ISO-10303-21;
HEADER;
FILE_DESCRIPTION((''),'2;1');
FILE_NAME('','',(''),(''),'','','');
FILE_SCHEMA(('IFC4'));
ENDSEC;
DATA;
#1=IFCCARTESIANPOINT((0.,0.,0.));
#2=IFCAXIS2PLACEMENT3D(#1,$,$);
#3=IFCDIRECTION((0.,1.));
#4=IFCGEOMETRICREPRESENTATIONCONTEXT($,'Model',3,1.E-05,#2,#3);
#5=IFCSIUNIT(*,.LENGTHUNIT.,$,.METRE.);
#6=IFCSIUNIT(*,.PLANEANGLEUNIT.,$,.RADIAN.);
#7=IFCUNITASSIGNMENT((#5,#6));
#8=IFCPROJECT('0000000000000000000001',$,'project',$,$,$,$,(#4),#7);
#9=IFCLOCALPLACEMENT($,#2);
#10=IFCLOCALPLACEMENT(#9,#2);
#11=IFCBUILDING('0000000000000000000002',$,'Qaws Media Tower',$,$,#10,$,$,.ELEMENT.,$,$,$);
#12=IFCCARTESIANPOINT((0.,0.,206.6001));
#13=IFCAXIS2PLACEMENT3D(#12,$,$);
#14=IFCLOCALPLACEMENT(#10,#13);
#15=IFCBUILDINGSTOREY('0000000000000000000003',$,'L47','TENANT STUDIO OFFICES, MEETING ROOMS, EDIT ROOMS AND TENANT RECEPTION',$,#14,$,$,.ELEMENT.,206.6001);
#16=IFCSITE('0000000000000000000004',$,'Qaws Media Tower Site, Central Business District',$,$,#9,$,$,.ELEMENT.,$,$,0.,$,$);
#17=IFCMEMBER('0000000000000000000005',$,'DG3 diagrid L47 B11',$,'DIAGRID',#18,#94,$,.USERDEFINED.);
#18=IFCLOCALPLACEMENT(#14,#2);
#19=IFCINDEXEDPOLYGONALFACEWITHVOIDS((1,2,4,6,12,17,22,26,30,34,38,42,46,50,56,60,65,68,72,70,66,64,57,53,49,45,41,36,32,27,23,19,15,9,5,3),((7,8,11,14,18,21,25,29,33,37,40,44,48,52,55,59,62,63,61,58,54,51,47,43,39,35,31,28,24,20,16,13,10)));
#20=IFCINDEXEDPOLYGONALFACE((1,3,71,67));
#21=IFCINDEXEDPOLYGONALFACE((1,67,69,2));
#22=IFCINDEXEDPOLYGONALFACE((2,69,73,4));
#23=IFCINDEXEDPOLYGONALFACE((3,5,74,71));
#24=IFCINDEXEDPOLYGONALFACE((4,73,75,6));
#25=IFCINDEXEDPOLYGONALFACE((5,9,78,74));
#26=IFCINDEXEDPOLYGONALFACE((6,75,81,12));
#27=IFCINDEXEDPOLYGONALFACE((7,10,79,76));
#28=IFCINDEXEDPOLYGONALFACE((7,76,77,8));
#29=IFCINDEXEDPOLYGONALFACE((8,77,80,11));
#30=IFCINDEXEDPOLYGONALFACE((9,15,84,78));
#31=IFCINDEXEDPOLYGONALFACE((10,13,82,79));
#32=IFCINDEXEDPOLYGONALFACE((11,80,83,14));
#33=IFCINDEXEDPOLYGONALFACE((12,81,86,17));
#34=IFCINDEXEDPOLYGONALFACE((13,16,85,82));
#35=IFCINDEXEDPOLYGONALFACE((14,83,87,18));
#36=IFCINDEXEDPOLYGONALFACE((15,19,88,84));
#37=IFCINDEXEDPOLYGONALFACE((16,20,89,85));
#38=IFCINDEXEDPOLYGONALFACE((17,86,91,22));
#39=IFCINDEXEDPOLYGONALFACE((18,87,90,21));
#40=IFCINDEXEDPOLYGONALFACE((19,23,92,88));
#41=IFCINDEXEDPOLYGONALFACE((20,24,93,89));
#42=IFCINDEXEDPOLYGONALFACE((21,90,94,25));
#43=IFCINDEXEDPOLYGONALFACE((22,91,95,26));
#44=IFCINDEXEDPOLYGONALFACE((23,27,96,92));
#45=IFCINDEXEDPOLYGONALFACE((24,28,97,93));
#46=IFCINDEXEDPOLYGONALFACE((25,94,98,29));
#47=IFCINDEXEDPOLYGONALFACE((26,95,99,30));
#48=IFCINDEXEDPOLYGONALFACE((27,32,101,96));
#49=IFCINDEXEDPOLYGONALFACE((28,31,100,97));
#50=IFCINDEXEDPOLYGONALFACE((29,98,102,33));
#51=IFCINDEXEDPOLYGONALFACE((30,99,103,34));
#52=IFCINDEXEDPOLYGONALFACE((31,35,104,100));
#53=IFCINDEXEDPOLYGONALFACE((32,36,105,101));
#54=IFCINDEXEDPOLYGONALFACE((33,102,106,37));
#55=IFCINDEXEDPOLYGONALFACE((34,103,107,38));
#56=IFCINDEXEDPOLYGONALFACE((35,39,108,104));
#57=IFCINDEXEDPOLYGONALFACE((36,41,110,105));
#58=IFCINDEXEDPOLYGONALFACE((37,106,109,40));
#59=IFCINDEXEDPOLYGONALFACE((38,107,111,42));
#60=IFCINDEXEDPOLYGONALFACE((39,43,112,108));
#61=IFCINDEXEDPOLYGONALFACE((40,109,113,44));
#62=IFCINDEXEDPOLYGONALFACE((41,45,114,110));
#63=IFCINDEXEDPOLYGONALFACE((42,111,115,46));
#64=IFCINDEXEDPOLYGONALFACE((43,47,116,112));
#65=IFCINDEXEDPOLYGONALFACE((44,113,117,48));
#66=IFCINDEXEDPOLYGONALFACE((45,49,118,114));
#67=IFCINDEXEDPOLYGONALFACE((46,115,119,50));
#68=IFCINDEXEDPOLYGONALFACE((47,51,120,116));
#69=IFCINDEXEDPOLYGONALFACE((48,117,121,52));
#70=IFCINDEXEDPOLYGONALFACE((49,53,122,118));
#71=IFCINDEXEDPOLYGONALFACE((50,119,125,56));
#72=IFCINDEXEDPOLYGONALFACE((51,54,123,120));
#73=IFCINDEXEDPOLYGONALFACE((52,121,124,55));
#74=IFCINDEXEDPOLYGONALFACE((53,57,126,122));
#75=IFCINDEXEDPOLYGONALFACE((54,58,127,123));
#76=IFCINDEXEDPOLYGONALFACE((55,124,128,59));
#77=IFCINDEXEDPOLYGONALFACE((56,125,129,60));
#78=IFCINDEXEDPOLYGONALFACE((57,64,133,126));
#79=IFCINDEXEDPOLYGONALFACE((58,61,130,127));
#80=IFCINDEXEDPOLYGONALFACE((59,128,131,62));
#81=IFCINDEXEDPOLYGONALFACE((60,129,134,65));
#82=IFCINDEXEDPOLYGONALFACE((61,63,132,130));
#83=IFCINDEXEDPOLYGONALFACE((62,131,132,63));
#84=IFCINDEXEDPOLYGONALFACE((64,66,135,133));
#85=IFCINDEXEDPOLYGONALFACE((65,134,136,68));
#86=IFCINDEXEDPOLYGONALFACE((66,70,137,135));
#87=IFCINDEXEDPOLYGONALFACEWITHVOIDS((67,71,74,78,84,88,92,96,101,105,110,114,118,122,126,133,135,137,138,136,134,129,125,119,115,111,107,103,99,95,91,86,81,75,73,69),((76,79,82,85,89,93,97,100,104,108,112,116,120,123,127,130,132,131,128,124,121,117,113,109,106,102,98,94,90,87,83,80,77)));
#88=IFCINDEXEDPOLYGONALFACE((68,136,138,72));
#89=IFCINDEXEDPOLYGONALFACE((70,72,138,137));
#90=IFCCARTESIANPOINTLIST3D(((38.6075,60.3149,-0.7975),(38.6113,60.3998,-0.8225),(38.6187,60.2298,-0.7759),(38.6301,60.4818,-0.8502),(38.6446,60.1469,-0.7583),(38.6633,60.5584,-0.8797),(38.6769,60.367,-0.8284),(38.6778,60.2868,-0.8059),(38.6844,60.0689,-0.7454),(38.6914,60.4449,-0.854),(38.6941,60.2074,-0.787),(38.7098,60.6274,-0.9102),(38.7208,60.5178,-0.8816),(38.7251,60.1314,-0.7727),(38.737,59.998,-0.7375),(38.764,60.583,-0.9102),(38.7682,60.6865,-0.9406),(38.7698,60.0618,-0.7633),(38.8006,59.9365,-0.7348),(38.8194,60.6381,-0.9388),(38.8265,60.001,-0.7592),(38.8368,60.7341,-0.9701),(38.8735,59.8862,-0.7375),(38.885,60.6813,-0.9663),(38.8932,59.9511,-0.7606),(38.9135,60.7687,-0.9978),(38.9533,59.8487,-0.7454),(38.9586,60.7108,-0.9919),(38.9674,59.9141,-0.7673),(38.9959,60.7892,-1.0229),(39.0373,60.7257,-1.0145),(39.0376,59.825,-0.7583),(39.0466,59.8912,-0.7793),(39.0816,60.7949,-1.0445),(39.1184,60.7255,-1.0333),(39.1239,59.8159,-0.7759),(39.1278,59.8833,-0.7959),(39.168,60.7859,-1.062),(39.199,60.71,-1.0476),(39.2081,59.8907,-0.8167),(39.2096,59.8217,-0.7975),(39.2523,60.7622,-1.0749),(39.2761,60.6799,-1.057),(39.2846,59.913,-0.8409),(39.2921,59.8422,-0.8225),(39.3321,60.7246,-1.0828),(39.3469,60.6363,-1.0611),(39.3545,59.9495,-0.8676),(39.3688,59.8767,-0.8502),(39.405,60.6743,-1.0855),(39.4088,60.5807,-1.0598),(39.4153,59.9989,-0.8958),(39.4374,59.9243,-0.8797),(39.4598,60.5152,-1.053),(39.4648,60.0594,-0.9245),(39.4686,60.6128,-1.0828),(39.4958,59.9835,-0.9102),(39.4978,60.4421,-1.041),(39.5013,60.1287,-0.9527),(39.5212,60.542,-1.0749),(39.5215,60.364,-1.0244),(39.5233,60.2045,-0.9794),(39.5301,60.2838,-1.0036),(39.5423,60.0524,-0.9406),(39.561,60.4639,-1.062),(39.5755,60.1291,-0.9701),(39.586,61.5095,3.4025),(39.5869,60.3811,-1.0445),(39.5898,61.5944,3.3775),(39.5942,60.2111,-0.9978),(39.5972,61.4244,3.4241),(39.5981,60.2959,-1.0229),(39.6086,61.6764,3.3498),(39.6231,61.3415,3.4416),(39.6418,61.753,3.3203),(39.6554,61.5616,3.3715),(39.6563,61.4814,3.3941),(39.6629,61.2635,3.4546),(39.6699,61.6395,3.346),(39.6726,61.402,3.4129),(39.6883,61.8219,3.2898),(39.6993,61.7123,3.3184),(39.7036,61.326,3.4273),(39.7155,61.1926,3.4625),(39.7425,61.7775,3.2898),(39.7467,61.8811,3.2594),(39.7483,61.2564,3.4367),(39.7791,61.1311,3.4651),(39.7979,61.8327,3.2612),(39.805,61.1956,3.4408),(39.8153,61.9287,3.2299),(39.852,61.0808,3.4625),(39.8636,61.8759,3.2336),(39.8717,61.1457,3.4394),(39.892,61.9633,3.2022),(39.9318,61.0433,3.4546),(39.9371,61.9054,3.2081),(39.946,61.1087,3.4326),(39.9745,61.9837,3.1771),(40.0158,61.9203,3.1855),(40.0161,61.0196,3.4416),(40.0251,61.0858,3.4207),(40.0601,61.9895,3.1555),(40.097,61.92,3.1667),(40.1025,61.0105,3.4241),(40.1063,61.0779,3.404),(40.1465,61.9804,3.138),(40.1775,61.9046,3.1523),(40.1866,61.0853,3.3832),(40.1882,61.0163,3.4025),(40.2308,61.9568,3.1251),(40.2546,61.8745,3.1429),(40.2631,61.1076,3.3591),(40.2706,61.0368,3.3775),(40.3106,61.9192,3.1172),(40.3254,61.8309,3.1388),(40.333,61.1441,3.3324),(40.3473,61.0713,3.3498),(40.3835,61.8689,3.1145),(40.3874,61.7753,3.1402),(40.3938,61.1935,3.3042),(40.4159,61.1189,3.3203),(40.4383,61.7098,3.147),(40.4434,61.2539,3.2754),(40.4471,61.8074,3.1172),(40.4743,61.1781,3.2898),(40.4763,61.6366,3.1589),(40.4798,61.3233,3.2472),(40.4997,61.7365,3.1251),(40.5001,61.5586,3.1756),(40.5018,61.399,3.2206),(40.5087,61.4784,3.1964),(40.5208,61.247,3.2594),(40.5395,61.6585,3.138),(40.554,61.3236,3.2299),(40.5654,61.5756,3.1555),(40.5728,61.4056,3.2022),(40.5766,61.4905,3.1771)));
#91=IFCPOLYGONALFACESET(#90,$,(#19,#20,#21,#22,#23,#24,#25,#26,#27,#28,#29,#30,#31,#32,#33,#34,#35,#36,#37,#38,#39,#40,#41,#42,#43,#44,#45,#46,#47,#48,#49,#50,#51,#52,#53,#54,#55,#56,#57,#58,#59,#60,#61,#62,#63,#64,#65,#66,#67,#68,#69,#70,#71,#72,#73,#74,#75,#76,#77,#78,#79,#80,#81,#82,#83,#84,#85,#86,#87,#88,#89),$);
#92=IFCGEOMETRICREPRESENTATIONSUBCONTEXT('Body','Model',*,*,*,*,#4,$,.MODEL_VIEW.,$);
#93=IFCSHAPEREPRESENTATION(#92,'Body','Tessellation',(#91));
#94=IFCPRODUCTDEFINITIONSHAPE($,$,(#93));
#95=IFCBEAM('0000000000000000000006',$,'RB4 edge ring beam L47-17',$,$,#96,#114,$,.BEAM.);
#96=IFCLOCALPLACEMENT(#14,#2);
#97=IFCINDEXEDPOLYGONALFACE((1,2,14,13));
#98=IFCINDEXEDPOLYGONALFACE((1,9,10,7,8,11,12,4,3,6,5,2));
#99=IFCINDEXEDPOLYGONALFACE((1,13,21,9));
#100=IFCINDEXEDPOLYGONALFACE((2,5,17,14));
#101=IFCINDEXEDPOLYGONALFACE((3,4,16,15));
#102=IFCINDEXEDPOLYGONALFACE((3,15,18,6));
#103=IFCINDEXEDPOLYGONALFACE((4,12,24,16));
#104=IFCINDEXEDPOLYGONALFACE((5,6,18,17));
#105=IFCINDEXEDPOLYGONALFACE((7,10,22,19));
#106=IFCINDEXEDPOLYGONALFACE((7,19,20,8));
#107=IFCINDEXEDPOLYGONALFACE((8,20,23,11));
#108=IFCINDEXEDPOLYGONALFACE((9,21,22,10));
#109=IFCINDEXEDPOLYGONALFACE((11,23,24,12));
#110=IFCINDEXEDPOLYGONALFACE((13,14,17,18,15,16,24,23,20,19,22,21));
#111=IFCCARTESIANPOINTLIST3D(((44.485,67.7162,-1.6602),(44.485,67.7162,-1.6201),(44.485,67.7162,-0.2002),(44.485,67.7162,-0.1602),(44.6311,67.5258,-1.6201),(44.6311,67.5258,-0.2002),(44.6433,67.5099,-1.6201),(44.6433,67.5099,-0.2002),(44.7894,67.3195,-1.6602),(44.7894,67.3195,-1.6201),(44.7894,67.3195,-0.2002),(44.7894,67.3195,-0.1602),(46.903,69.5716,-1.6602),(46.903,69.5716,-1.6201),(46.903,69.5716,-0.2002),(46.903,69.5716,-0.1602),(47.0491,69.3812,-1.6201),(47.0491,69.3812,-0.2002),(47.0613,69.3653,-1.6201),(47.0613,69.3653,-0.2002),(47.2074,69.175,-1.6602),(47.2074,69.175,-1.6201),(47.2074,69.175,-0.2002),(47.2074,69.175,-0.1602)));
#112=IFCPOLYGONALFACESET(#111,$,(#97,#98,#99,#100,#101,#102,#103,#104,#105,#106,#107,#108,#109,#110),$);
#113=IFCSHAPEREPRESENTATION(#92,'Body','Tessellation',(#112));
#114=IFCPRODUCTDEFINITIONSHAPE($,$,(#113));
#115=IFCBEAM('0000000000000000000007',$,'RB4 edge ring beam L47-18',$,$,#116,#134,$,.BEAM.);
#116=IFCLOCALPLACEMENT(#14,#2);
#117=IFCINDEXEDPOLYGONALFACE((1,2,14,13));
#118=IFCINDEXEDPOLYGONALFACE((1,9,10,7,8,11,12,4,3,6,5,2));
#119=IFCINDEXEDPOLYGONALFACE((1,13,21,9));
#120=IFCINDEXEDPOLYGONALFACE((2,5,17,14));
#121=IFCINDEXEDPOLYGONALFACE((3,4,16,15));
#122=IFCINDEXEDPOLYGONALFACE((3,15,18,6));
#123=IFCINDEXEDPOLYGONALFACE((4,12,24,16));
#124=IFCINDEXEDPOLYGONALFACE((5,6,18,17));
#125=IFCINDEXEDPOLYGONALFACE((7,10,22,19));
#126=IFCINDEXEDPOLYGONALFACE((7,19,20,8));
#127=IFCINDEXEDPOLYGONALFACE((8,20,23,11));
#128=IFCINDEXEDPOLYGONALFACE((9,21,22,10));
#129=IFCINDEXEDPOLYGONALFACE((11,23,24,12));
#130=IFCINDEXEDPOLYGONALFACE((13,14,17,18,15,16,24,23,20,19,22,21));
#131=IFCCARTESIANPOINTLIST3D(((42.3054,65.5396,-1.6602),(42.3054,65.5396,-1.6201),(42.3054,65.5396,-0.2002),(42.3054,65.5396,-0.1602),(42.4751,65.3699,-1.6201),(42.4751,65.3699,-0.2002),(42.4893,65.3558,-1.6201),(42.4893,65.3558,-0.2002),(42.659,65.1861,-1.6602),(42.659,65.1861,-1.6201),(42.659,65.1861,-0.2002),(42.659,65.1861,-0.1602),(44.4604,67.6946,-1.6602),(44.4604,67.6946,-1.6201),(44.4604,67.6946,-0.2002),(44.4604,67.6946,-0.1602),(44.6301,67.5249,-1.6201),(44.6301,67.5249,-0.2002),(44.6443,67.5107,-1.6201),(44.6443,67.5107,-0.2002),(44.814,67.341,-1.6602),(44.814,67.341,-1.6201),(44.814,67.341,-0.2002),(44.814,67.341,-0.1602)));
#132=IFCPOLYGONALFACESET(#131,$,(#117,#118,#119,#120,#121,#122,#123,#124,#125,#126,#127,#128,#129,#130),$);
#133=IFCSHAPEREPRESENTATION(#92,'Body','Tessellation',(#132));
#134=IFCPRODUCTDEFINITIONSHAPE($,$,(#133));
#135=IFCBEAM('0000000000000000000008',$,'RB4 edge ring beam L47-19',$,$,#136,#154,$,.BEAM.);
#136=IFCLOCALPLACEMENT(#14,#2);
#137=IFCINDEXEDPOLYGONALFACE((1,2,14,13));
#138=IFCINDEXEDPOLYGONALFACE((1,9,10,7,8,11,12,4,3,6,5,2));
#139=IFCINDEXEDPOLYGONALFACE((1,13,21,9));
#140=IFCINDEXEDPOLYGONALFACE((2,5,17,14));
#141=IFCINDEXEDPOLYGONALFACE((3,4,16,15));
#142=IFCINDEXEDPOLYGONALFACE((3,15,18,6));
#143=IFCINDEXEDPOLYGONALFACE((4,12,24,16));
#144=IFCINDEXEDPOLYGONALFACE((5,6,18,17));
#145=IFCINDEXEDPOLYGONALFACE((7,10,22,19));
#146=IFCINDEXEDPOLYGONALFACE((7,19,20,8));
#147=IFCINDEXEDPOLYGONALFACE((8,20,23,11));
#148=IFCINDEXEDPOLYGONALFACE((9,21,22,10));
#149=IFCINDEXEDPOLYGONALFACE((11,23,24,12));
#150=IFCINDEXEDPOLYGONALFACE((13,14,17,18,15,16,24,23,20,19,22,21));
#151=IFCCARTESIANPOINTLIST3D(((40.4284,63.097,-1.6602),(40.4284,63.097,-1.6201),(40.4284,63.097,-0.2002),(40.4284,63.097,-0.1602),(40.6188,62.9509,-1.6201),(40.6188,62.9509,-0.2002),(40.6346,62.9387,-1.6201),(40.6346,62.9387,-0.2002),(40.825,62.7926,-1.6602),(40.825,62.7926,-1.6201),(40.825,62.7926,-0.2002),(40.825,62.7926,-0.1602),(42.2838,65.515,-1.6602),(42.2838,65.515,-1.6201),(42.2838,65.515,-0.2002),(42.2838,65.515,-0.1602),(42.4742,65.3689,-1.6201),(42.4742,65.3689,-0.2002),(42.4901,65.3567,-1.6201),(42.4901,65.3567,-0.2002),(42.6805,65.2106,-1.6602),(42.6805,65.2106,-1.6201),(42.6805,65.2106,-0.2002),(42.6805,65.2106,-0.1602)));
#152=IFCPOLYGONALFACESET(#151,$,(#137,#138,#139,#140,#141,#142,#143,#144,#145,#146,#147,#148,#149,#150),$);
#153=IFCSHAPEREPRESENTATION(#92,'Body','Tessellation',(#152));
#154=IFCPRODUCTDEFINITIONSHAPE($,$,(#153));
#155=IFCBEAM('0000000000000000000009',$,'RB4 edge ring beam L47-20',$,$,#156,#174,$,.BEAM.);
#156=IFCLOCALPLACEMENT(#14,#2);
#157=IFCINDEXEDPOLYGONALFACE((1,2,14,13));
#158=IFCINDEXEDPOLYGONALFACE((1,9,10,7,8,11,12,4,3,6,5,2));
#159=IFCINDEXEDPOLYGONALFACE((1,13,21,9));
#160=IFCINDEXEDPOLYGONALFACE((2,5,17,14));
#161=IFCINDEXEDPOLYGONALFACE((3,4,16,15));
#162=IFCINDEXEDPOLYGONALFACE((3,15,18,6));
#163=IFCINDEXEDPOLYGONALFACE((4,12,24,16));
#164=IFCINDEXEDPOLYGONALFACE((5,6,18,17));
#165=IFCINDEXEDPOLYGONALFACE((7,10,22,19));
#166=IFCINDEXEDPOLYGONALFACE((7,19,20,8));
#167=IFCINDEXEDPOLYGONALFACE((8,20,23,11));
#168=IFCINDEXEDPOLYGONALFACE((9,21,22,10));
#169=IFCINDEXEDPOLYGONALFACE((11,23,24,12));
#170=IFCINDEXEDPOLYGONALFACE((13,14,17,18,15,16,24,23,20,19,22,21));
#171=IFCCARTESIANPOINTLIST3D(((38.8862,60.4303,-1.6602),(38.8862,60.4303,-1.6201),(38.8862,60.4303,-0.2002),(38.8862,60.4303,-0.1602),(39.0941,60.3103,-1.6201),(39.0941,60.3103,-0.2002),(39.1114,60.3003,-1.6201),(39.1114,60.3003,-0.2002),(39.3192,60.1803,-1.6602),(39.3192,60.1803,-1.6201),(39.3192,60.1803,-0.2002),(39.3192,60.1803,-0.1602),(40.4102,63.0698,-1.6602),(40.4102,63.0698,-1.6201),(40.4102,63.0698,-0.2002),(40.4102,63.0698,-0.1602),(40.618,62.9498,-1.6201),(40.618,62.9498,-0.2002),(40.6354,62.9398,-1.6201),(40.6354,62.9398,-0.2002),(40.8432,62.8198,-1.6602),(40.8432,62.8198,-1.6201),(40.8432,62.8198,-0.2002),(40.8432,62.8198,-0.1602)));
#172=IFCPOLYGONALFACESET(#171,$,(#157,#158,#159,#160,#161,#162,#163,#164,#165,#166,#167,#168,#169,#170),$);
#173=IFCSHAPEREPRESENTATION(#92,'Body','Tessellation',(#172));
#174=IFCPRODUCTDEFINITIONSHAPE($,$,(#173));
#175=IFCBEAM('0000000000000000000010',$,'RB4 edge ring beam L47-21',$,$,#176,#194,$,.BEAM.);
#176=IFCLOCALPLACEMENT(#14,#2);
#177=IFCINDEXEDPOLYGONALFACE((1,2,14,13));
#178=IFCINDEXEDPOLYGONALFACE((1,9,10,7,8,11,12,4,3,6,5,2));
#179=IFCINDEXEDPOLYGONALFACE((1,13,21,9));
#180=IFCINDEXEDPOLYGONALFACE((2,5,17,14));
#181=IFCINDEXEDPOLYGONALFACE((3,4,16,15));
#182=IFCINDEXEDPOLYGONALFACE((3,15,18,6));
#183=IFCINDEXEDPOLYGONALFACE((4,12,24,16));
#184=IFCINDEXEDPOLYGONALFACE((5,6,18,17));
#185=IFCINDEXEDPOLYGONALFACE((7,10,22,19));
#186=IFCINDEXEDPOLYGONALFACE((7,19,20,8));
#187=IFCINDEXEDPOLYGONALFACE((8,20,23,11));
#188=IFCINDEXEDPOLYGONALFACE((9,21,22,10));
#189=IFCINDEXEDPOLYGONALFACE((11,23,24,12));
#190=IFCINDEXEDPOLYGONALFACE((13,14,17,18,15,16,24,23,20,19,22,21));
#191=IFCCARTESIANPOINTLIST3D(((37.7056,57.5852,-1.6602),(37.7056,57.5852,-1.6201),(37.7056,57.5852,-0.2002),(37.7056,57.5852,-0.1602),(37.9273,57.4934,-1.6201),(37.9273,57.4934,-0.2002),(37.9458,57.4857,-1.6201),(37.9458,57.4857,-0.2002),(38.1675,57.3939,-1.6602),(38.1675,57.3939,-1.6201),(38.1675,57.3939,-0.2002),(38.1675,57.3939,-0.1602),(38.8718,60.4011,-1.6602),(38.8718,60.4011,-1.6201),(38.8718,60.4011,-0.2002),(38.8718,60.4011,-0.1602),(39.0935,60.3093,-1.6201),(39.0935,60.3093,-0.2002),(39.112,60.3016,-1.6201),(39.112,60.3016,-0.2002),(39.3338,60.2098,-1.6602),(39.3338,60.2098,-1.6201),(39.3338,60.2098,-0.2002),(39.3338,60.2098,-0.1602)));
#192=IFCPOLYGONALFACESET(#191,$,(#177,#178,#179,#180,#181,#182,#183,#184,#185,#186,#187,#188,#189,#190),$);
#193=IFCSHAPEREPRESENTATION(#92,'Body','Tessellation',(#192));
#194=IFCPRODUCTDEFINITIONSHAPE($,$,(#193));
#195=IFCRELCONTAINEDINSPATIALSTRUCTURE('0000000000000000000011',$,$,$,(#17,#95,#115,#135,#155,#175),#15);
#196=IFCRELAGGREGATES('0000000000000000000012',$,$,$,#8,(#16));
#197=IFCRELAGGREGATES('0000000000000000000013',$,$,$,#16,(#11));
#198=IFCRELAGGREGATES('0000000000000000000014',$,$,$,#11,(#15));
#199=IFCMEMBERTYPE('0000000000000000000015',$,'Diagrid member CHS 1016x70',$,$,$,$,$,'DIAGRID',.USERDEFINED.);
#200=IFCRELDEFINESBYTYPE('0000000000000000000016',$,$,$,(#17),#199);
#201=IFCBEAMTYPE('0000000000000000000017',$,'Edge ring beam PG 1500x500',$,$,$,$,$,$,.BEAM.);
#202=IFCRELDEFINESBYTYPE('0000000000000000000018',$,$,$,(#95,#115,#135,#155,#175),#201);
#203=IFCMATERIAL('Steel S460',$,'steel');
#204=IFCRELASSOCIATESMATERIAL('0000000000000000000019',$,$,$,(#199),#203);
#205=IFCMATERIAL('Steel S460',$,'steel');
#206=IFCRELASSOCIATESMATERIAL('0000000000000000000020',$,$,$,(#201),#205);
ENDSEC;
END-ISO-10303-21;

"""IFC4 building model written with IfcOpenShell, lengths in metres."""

from ifc_helpers import new_model, si_unit, direction, frame, origin, origin_2d, place, context, subcontext, project, spatial, hollow_circle, i_section, extrude, material, material_profile, profile_set, type_object, element, save


model = new_model("IFC4")

# Units and contexts
model_context = context("Model", 3, precision=1e-05, world=origin(), true_north=direction((0.0, 1.0)))
body_context = subcontext(model_context, "Body", "Model", "MODEL_VIEW")
ifc_project = project(units=[si_unit("LENGTHUNIT", "METRE"), si_unit("PLANEANGLEUNIT", "RADIAN")], contexts=[model_context])

# Site, building, storey
site_placement = place(None, origin())
site = spatial("IfcSite", under=ifc_project, at=site_placement, Name="Qaws Media Tower Site, Central Business District", CompositionType="ELEMENT", RefElevation=0.0)
building_placement = place(site_placement, origin())
building = spatial("IfcBuilding", under=site, at=building_placement, Name="Qaws Media Tower", CompositionType="ELEMENT")
storey_placement = place(building_placement, frame((0.0, 0.0, 206.6001)))
storey = spatial("IfcBuildingStorey", under=building, at=storey_placement, Name="L47", Description="TENANT STUDIO OFFICES, MEETING ROOMS, EDIT ROOMS AND TENANT RECEPTION", CompositionType="ELEMENT", Elevation=206.6001)

# Member
ifc_material_1 = material(Name="Steel S460", Category="steel")
ifc_material_profile_1 = material_profile(ifc_material_1, hollow_circle(Radius=0.5081, WallThickness=0.0701, at=origin_2d()), Name="CHS 1016x70")
ifc_profile_set_1 = profile_set([ifc_material_profile_1], Name="Steel S460")
member_type_1 = type_object("IfcMemberType", Name="Diagrid member CHS 1016x70", ElementType="DIAGRID", PredefinedType="USERDEFINED", material=ifc_profile_set_1)
for number, where, z_axis, x_axis, name in (
    (1, (39.1028, 60.3054, -0.9102), (0.218671, 0.266955, 0.938572), (-0.773598, 0.633677, 0.0), "DG3 diagrid L47 B11"),
):
    element("IfcMember", number, at=place(storey_placement, frame(where, z_axis=z_axis, x_axis=x_axis)), inside=storey, type_object=member_type_1, Name=name, ObjectType="DIAGRID", PredefinedType="USERDEFINED", context=body_context, shape_type="SweptSolid", body=[
        extrude(hollow_circle(Radius=0.5081, WallThickness=0.0701, at=origin_2d()), origin(), (0.0, 0.0, 1.0), 4.4749),
    ])

# Beams
ifc_material_2 = material(Name="Steel S460", Category="steel")
ifc_material_profile_2 = material_profile(ifc_material_2, i_section(OverallWidth=0.5, OverallDepth=1.5, WebThickness=0.02, FlangeThickness=0.04, at=origin_2d()), Name="PG 1500x500")
ifc_profile_set_2 = profile_set([ifc_material_profile_2], Name="Steel S460")
beam_type = type_object("IfcBeamType", Name="Edge ring beam PG 1500x500", PredefinedType="BEAM", material=ifc_profile_set_2)
beam_1_placement = place(storey_placement, frame((47.0552, 69.3733, -0.9102), z_axis=(-0.793338, -0.608781, 0.0), x_axis=(0.608781, -0.793338, 0.0)))
element("IfcBeam", 2, at=beam_1_placement, inside=storey, type_object=beam_type, Name="RB4 edge ring beam L47-17", PredefinedType="BEAM", context=body_context, shape_type="SweptSolid", body=[
    extrude(i_section(OverallWidth=0.5, OverallDepth=1.5, WebThickness=0.02, FlangeThickness=0.04, at=origin_2d()), origin(), (0.0, 0.0, 1.0), 3.0479),
])
beam_2_placement = place(storey_placement, frame((44.6372, 67.5178, -0.9102), z_axis=(-0.707107, -0.707107, 0.0), x_axis=(0.707107, -0.707107, 0.0)))
element("IfcBeam", 3, at=beam_2_placement, inside=storey, type_object=beam_type, Name="RB4 edge ring beam L47-18", PredefinedType="BEAM", context=body_context, shape_type="SweptSolid", body=[
    extrude(i_section(OverallWidth=0.5, OverallDepth=1.5, WebThickness=0.02, FlangeThickness=0.04, at=origin_2d()), origin(), (0.0, 0.0, 1.0), 3.0476),
])
for number, where, z_axis, x_axis, name in (
    (4, (42.4822, 65.3628, -0.9102), (-0.608781, -0.793338, 0.0), (0.793338, -0.608781, 0.0), "RB4 edge ring beam L47-19"),
    (5, (40.6267, 62.9448, -0.9102), (-0.500016, -0.866016, 0.0), (0.866016, -0.500016, 0.0), "RB4 edge ring beam L47-20"),
    (6, (39.1028, 60.3054, -0.9102), (-0.382647, -0.923895, 0.0), (0.923895, -0.382647, 0.0), "RB4 edge ring beam L47-21"),
):
    element("IfcBeam", number, at=place(storey_placement, frame(where, z_axis=z_axis, x_axis=x_axis)), inside=storey, type_object=beam_type, Name=name, PredefinedType="BEAM", context=body_context, shape_type="SweptSolid", body=[
        extrude(i_section(OverallWidth=0.5, OverallDepth=1.5, WebThickness=0.02, FlangeThickness=0.04, at=origin_2d()), origin(), (0.0, 0.0, 1.0), 3.0479),
    ])

save(model, "model.ifc")
